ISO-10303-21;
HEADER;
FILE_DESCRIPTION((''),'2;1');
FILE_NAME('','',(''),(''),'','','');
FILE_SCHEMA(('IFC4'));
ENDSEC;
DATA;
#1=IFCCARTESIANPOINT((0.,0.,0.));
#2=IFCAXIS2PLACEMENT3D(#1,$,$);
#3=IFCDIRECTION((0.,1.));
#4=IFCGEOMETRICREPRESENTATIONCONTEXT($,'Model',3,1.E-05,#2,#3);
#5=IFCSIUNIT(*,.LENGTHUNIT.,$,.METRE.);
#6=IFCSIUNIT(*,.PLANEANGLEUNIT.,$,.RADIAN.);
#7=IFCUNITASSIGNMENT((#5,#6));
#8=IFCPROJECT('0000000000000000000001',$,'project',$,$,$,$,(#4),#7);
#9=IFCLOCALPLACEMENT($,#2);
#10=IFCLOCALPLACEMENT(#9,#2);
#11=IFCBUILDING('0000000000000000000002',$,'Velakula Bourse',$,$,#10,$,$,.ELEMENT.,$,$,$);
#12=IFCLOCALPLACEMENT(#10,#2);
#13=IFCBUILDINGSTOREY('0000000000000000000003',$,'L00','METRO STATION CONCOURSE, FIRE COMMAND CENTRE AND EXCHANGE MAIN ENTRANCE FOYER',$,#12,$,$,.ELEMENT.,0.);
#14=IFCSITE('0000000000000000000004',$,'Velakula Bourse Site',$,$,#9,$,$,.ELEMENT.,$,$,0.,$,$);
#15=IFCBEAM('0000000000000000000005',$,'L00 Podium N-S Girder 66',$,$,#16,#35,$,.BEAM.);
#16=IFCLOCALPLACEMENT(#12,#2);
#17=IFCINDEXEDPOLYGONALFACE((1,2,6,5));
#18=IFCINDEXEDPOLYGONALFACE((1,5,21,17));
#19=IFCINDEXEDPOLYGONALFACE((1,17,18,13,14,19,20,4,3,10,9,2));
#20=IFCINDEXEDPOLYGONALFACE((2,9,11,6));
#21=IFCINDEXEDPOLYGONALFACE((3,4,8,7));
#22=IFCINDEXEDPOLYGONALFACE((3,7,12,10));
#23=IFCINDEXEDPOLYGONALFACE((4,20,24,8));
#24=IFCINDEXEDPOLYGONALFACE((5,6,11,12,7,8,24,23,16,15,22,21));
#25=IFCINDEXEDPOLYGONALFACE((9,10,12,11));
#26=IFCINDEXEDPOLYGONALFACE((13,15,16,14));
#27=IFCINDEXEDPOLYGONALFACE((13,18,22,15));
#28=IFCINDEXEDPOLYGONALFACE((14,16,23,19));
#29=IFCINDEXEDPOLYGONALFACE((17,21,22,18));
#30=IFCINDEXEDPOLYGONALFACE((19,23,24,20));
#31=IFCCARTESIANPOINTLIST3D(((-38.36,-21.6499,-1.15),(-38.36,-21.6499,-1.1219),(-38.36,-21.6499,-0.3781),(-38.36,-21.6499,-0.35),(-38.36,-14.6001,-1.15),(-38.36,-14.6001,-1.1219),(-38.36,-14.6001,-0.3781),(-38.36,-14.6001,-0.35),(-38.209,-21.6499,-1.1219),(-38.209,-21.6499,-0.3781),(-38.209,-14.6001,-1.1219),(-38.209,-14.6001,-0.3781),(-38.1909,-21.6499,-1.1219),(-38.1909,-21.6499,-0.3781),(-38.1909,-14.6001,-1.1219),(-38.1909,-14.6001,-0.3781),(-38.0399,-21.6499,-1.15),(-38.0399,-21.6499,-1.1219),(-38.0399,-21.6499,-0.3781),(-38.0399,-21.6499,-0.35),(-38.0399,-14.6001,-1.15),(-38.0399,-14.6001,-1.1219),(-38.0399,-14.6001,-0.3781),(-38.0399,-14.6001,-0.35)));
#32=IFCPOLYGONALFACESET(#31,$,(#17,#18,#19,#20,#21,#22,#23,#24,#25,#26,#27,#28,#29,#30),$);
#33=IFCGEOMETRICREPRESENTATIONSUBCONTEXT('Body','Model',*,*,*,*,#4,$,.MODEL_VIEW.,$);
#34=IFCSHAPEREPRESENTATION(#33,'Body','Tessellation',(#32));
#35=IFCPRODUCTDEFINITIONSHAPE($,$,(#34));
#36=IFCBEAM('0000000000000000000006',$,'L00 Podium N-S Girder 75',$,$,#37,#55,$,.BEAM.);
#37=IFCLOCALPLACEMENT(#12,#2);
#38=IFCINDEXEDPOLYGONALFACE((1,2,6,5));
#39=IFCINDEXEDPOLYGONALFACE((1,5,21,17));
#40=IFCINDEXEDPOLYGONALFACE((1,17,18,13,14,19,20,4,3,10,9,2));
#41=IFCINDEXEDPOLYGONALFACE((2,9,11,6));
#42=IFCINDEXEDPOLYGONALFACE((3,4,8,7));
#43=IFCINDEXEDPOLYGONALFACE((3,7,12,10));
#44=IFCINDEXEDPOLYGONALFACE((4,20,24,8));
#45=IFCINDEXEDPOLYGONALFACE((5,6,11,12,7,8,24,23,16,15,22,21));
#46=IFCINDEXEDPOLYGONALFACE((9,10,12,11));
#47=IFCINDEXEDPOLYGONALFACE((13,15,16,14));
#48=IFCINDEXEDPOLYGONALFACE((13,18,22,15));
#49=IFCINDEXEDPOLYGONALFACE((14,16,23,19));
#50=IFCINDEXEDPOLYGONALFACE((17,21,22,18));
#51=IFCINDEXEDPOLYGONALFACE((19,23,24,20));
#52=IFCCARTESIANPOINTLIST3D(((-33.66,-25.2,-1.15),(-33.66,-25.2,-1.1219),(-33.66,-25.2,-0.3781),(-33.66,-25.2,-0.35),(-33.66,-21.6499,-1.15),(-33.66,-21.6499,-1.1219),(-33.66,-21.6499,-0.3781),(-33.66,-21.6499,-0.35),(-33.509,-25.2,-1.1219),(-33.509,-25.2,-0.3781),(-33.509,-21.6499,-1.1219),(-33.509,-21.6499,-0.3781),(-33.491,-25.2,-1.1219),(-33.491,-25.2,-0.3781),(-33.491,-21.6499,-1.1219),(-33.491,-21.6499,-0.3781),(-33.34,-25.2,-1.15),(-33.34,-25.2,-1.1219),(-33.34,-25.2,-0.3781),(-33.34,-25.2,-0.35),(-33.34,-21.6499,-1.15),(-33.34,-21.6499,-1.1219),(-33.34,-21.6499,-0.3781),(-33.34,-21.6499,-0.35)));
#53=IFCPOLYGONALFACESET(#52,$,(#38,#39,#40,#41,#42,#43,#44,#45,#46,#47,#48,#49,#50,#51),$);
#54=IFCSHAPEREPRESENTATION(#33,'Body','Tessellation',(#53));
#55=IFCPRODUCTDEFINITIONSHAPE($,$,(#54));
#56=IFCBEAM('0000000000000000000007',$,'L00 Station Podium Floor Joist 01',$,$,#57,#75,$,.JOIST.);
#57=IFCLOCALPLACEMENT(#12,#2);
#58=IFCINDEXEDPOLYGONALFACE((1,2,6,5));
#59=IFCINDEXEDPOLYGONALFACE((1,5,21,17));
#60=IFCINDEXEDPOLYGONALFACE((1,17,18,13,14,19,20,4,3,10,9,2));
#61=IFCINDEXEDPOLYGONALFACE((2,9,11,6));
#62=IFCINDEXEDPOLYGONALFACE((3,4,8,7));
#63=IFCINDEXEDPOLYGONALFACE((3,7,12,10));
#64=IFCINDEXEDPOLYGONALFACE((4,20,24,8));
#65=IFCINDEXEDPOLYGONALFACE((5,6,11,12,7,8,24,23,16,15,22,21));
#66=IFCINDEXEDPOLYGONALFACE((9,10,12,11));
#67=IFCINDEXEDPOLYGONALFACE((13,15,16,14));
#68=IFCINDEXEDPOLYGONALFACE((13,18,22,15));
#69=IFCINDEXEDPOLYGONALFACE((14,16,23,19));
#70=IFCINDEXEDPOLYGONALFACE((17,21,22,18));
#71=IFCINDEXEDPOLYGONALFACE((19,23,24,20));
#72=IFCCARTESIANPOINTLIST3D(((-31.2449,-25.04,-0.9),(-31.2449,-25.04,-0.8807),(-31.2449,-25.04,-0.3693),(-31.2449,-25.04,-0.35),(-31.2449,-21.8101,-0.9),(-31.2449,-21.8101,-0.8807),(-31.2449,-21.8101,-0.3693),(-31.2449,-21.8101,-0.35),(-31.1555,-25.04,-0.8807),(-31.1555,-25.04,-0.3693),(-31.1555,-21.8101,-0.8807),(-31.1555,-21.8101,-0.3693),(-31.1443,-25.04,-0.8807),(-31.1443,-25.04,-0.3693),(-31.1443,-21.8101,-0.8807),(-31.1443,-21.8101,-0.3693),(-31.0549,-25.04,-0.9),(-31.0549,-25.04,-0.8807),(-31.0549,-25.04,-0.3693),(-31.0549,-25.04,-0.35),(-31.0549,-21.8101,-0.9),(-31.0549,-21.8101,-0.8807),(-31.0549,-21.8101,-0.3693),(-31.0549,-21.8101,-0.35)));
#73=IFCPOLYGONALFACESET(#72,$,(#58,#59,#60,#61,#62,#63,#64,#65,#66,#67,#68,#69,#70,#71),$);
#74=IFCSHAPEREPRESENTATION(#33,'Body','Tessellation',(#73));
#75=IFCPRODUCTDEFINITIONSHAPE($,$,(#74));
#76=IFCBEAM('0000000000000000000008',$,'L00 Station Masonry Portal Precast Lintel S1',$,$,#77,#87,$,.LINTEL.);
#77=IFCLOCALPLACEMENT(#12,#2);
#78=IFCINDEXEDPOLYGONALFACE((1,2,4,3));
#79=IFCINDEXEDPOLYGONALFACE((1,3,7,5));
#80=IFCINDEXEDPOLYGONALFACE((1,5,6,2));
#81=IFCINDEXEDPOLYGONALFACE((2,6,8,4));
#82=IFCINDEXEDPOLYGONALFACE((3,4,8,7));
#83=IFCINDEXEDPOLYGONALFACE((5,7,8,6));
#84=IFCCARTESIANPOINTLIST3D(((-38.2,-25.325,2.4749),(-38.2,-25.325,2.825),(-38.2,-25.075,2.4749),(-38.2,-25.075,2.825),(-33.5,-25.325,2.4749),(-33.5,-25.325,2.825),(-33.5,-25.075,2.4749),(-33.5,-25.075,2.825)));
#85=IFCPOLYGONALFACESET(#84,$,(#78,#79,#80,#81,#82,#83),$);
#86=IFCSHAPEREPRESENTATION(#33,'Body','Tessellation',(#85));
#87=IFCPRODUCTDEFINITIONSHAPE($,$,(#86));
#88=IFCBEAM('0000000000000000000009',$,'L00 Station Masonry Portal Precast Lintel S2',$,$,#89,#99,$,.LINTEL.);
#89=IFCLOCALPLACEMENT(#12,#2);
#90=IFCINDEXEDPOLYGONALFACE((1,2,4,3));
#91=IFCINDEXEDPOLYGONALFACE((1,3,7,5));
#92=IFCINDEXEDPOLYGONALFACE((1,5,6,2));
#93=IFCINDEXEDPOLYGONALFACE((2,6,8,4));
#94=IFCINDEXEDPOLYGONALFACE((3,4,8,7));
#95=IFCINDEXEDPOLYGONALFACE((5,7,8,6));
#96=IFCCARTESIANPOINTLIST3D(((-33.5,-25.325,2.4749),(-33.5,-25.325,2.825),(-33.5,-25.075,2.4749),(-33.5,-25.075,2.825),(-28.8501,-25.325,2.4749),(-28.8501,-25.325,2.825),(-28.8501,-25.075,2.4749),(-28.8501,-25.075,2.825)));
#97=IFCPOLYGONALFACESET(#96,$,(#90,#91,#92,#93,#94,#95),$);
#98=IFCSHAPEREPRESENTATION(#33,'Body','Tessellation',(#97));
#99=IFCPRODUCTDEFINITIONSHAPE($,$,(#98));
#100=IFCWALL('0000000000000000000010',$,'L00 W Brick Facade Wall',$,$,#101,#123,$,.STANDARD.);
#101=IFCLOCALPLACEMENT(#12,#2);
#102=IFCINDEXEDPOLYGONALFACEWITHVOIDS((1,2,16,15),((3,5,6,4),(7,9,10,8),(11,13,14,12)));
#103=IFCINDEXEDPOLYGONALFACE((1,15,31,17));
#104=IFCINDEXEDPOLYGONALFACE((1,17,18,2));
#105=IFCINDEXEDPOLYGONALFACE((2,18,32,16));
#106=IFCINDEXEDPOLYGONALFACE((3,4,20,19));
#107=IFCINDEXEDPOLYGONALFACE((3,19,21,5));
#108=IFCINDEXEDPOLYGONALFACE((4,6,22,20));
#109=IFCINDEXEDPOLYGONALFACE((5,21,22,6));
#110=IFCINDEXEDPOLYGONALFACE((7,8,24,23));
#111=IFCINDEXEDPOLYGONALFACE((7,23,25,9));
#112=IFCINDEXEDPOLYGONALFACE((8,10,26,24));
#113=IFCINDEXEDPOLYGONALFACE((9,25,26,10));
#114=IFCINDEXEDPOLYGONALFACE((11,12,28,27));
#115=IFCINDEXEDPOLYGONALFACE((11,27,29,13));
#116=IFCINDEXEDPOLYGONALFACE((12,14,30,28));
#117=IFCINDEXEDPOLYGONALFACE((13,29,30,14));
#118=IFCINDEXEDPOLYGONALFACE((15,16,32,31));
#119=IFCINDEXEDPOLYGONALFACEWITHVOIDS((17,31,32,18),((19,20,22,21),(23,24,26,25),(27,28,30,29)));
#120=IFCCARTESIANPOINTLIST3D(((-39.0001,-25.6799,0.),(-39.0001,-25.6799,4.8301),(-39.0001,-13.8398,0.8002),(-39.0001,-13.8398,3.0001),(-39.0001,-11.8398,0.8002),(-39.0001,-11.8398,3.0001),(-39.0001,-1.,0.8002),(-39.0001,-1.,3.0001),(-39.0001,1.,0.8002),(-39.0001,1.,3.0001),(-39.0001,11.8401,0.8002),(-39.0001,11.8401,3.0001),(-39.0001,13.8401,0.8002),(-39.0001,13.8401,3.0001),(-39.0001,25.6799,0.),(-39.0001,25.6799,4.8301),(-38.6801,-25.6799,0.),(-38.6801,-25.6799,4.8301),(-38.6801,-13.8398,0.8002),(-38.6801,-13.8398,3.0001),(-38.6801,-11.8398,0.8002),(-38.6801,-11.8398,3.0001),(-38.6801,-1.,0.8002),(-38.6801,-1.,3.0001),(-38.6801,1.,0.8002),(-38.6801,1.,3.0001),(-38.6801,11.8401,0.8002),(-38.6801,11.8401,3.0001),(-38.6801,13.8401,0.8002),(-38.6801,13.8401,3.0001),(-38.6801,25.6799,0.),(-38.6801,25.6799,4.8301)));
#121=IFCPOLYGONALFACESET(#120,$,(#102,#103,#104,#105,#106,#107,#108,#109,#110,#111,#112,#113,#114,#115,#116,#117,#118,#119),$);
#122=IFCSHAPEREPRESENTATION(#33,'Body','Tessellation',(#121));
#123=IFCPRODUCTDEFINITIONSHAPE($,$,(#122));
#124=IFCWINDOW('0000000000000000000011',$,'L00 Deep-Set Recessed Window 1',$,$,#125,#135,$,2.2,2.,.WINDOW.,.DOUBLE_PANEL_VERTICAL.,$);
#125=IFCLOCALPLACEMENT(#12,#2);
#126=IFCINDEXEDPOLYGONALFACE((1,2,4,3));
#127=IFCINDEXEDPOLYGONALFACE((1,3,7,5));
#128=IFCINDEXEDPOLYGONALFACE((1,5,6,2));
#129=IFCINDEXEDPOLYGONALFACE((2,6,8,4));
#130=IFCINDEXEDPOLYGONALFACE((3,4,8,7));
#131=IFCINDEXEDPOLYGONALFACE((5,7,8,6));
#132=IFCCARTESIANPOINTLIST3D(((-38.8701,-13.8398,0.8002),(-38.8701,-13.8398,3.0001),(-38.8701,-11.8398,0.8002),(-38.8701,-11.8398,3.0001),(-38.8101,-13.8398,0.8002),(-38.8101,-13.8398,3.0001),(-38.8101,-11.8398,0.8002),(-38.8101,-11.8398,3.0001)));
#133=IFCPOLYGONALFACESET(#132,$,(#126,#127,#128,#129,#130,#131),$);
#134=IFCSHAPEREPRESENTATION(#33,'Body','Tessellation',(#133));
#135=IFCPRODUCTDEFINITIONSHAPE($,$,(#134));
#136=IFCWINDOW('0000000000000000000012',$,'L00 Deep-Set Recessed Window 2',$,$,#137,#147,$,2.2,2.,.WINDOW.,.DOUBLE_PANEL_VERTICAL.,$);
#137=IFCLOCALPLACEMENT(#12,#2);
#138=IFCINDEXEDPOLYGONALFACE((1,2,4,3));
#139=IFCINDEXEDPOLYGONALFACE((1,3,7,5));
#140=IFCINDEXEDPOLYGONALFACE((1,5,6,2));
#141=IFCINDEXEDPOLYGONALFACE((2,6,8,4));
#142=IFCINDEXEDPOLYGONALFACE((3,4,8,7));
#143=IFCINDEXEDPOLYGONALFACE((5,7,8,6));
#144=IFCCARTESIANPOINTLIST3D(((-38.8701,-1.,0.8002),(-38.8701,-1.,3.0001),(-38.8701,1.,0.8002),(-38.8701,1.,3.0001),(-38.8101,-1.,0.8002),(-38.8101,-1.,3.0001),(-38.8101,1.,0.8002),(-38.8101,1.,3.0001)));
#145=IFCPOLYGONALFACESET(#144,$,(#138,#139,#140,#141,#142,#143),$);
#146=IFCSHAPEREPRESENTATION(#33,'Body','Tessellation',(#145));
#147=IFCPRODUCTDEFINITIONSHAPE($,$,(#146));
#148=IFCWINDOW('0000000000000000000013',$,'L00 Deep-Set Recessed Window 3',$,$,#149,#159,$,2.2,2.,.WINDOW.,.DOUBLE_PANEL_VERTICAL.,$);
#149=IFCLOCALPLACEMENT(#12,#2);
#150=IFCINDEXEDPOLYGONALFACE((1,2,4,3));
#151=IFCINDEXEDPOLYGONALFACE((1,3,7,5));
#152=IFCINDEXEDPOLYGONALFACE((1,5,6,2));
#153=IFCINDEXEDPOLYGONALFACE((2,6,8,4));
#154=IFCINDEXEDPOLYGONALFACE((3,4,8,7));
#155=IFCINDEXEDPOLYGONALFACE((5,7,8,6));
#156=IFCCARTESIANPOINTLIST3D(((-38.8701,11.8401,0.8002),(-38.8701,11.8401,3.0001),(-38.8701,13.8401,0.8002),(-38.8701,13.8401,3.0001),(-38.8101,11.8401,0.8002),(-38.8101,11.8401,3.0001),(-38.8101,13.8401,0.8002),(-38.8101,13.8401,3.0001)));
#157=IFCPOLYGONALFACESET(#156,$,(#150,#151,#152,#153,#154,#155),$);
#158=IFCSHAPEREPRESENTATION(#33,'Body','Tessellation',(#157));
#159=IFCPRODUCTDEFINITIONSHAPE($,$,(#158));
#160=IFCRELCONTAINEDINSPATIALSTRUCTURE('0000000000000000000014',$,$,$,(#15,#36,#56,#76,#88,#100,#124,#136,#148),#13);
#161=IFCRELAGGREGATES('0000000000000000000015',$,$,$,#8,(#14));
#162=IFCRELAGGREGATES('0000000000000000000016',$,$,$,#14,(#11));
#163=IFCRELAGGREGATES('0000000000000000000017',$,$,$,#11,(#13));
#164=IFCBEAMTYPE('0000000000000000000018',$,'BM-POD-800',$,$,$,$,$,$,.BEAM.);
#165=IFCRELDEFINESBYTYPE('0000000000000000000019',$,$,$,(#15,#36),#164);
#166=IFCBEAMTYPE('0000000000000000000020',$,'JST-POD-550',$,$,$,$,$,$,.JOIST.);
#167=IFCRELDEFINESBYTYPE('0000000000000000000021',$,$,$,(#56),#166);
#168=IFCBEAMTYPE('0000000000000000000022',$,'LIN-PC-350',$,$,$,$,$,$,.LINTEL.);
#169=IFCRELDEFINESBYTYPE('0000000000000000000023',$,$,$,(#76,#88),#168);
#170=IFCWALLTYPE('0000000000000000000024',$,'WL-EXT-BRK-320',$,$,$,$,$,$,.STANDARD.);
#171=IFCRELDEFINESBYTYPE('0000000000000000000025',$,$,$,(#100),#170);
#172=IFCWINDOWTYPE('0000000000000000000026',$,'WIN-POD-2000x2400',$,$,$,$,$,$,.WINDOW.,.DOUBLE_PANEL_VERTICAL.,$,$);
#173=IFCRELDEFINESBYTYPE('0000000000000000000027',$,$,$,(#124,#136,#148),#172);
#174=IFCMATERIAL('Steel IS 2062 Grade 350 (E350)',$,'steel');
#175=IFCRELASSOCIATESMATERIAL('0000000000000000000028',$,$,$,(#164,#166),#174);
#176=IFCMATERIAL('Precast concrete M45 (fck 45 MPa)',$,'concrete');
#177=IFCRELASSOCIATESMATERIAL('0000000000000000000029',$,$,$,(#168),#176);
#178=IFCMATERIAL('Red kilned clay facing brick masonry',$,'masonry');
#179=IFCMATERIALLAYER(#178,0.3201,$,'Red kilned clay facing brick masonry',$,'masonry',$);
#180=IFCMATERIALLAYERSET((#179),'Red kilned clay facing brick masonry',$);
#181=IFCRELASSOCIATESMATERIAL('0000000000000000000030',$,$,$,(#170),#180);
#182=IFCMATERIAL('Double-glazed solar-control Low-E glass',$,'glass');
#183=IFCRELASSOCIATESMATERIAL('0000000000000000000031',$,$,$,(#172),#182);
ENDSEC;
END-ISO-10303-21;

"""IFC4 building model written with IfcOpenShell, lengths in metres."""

from ifc_helpers import new_model, si_unit, direction, frame, frame_2d, origin, origin_2d, place, context, subcontext, project, spatial, rectangle, i_section, extrude, material, layer, layer_set, material_profile, profile_set, type_object, element, fill, save


model = new_model("IFC4")

# Units and contexts
model_context = context("Model", 3, precision=1e-05, world=origin(), true_north=direction((0.0, 1.0)))
body_context = subcontext(model_context, "Body", "Model", "MODEL_VIEW")
ifc_project = project(units=[si_unit("LENGTHUNIT", "METRE"), si_unit("PLANEANGLEUNIT", "RADIAN")], contexts=[model_context])

# Site, building, storey
site_placement = place(None, origin())
site = spatial("IfcSite", under=ifc_project, at=site_placement, Name="Velakula Bourse Site", CompositionType="ELEMENT", RefElevation=0.0)
building_placement = place(site_placement, origin())
building = spatial("IfcBuilding", under=site, at=building_placement, Name="Velakula Bourse", CompositionType="ELEMENT")
storey_placement = place(building_placement, origin())
storey = spatial("IfcBuildingStorey", under=building, at=storey_placement, Name="L00", Description="METRO STATION CONCOURSE, FIRE COMMAND CENTRE AND EXCHANGE MAIN ENTRANCE FOYER", CompositionType="ELEMENT", Elevation=0.0)

# Beams
ifc_material_1 = material(Name="Steel IS 2062 Grade 350 (E350)", Category="steel")
ifc_material_profile_1 = material_profile(ifc_material_1, i_section(OverallWidth=0.3201, OverallDepth=0.8, WebThickness=0.0181, FlangeThickness=0.0281, at=origin_2d()), Name="Steel IS 2062 Grade 350 (E350)")
ifc_profile_set_1 = profile_set([ifc_material_profile_1], Name="Steel IS 2062 Grade 350 (E350)")
beam_type_1 = type_object("IfcBeamType", Name="BM-POD-800", PredefinedType="BEAM", material=ifc_profile_set_1)
beam_1_placement = place(storey_placement, frame((-38.2, -21.6499, -0.75), z_axis=(0.0, 1.0, 0.0), x_axis=(-1.0, 0.0, 0.0)))
element("IfcBeam", 1, at=beam_1_placement, inside=storey, type_object=beam_type_1, Name="L00 Podium N-S Girder 66", PredefinedType="BEAM", context=body_context, shape_type="SweptSolid", body=[
    extrude(i_section(OverallWidth=0.3201, OverallDepth=0.8, WebThickness=0.0181, FlangeThickness=0.0281, at=origin_2d()), origin(), (0.0, 0.0, 1.0), 7.0498),
])
beam_2_placement = place(storey_placement, frame((-33.5, -25.2, -0.75), z_axis=(0.0, 1.0, 0.0), x_axis=(-1.0, 0.0, 0.0)))
element("IfcBeam", 2, at=beam_2_placement, inside=storey, type_object=beam_type_1, Name="L00 Podium N-S Girder 75", PredefinedType="BEAM", context=body_context, shape_type="SweptSolid", body=[
    extrude(i_section(OverallWidth=0.3201, OverallDepth=0.8, WebThickness=0.0181, FlangeThickness=0.0281, at=origin_2d()), origin(), (0.0, 0.0, 1.0), 3.55),
])
ifc_material_profile_2 = material_profile(ifc_material_1, i_section(OverallWidth=0.1899, OverallDepth=0.55, WebThickness=0.0112, FlangeThickness=0.0193, at=origin_2d()), Name="Steel IS 2062 Grade 350 (E350)")
ifc_profile_set_2 = profile_set([ifc_material_profile_2], Name="Steel IS 2062 Grade 350 (E350)")
beam_type_2 = type_object("IfcBeamType", Name="JST-POD-550", PredefinedType="JOIST", material=ifc_profile_set_2)
beam_3_placement = place(storey_placement, frame((-31.1499, -25.04, -0.625), z_axis=(0.0, 1.0, 0.0), x_axis=(-1.0, 0.0, 0.0)))
element("IfcBeam", 3, at=beam_3_placement, inside=storey, type_object=beam_type_2, Name="L00 Station Podium Floor Joist 01", PredefinedType="JOIST", context=body_context, shape_type="SweptSolid", body=[
    extrude(i_section(OverallWidth=0.1899, OverallDepth=0.55, WebThickness=0.0112, FlangeThickness=0.0193, at=origin_2d()), origin(), (0.0, 0.0, 1.0), 3.23),
])
ifc_material_2 = material(Name="Precast concrete M45 (fck 45 MPa)", Category="concrete")
ifc_material_profile_3 = material_profile(ifc_material_2, rectangle(XDim=0.25, YDim=0.3501, at=origin_2d()), Name="Precast concrete M45 (fck 45 MPa)")
ifc_profile_set_3 = profile_set([ifc_material_profile_3], Name="Precast concrete M45 (fck 45 MPa)")
beam_type_3 = type_object("IfcBeamType", Name="LIN-PC-350", PredefinedType="LINTEL", material=ifc_profile_set_3)
beam_4_placement = place(storey_placement, frame((-38.2, -25.2, 2.6499), z_axis=(1.0, 0.0, 0.0), x_axis=(0.0, 1.0, 0.0)))
element("IfcBeam", 4, at=beam_4_placement, inside=storey, type_object=beam_type_3, Name="L00 Station Masonry Portal Precast Lintel S1", PredefinedType="LINTEL", context=body_context, shape_type="SweptSolid", body=[
    extrude(rectangle(XDim=0.25, YDim=0.3501, at=origin_2d()), origin(), (0.0, 0.0, 1.0), 4.7),
])
beam_5_placement = place(storey_placement, frame((-33.5, -25.2, 2.6499), z_axis=(1.0, 0.0, 0.0), x_axis=(0.0, 1.0, 0.0)))
element("IfcBeam", 5, at=beam_5_placement, inside=storey, type_object=beam_type_3, Name="L00 Station Masonry Portal Precast Lintel S2", PredefinedType="LINTEL", context=body_context, shape_type="SweptSolid", body=[
    extrude(rectangle(XDim=0.25, YDim=0.3501, at=origin_2d()), origin(), (0.0, 0.0, 1.0), 4.6499),
])

# Wall, openings, windows
ifc_material_3 = material(Name="Red kilned clay facing brick masonry", Category="masonry")
ifc_layer = layer(ifc_material_3, 0.3201, Name="Red kilned clay facing brick masonry", Category="masonry")
ifc_layer_set = layer_set([ifc_layer], Name="Red kilned clay facing brick masonry")
wall_type = type_object("IfcWallType", Name="WL-EXT-BRK-320", PredefinedType="STANDARD", material=ifc_layer_set)
wall_placement = place(storey_placement, frame((-38.8401, -25.6799, 0.0), z_axis=(0.0, 0.0, 1.0), x_axis=(0.0, 1.0, 0.0)))
wall = element("IfcWall", 6, at=wall_placement, inside=storey, type_object=wall_type, Name="L00 W Brick Facade Wall", PredefinedType="STANDARD", context=body_context, shape_type="SweptSolid", body=[
    extrude(rectangle(XDim=51.3599, YDim=0.3201, at=frame_2d((25.6799, 0.0))), origin(), (0.0, 0.0, 1.0), 4.8301),
])
opening_1_placement = place(wall_placement, frame((11.8401, 0.0, 0.8)))
opening_1 = element("IfcOpeningElement", 7, at=opening_1_placement, cuts=wall, PredefinedType="OPENING", context=body_context, shape_type="SweptSolid", body=[
    extrude(rectangle(XDim=2.0, YDim=2.2, at=frame_2d((1.0, 1.1001))), frame((0.0, 0.1699, 0.0), z_axis=(0.0, -1.0, 0.0), x_axis=(1.0, 0.0, 0.0)), (0.0, 0.0, 1.0), 0.3401),
])
opening_2_placement = place(wall_placement, frame((24.6799, 0.0, 0.8)))
opening_2 = element("IfcOpeningElement", 8, at=opening_2_placement, cuts=wall, PredefinedType="OPENING", context=body_context, shape_type="SweptSolid", body=[
    extrude(rectangle(XDim=2.0, YDim=2.2, at=frame_2d((1.0, 1.1001))), frame((0.0, 0.1699, 0.0), z_axis=(0.0, -1.0, 0.0), x_axis=(1.0, 0.0, 0.0)), (0.0, 0.0, 1.0), 0.3401),
])
opening_3_placement = place(wall_placement, frame((37.52, 0.0, 0.8)))
opening_3 = element("IfcOpeningElement", 9, at=opening_3_placement, cuts=wall, PredefinedType="OPENING", context=body_context, shape_type="SweptSolid", body=[
    extrude(rectangle(XDim=2.0, YDim=2.2, at=frame_2d((1.0, 1.1001))), frame((0.0, 0.1699, 0.0), z_axis=(0.0, -1.0, 0.0), x_axis=(1.0, 0.0, 0.0)), (0.0, 0.0, 1.0), 0.3401),
])
ifc_material_4 = material(Name="Double-glazed solar-control Low-E glass", Category="glass")
window_type = type_object("IfcWindowType", Name="WIN-POD-2000x2400", PartitioningType="DOUBLE_PANEL_VERTICAL", PredefinedType="WINDOW", material=ifc_material_4)
window_1_placement = place(opening_1_placement, origin())
window_1 = element("IfcWindow", 10, at=window_1_placement, inside=storey, type_object=window_type, Name="L00 Deep-Set Recessed Window 1", OverallHeight=2.2, OverallWidth=2.0, PartitioningType="DOUBLE_PANEL_VERTICAL", PredefinedType="WINDOW", context=body_context, shape_type="SweptSolid", body=[
    extrude(rectangle(XDim=2.0, YDim=2.2, at=frame_2d((1.0, 1.1001))), frame((0.0, 0.03, 0.0), z_axis=(0.0, -1.0, 0.0), x_axis=(1.0, 0.0, 0.0)), (0.0, 0.0, 1.0), 0.0601),
])
fill(opening_1, window_1)
window_2_placement = place(opening_2_placement, origin())
window_2 = element("IfcWindow", 11, at=window_2_placement, inside=storey, type_object=window_type, Name="L00 Deep-Set Recessed Window 2", OverallHeight=2.2, OverallWidth=2.0, PartitioningType="DOUBLE_PANEL_VERTICAL", PredefinedType="WINDOW", context=body_context, shape_type="SweptSolid", body=[
    extrude(rectangle(XDim=2.0, YDim=2.2, at=frame_2d((1.0, 1.1001))), frame((0.0, 0.03, 0.0), z_axis=(0.0, -1.0, 0.0), x_axis=(1.0, 0.0, 0.0)), (0.0, 0.0, 1.0), 0.0601),
])
fill(opening_2, window_2)
window_3_placement = place(opening_3_placement, origin())
window_3 = element("IfcWindow", 12, at=window_3_placement, inside=storey, type_object=window_type, Name="L00 Deep-Set Recessed Window 3", OverallHeight=2.2, OverallWidth=2.0, PartitioningType="DOUBLE_PANEL_VERTICAL", PredefinedType="WINDOW", context=body_context, shape_type="SweptSolid", body=[
    extrude(rectangle(XDim=2.0, YDim=2.2, at=frame_2d((1.0, 1.1001))), frame((0.0, 0.03, 0.0), z_axis=(0.0, -1.0, 0.0), x_axis=(1.0, 0.0, 0.0)), (0.0, 0.0, 1.0), 0.0601),
])
fill(opening_3, window_3)

save(model, "model.ifc")
